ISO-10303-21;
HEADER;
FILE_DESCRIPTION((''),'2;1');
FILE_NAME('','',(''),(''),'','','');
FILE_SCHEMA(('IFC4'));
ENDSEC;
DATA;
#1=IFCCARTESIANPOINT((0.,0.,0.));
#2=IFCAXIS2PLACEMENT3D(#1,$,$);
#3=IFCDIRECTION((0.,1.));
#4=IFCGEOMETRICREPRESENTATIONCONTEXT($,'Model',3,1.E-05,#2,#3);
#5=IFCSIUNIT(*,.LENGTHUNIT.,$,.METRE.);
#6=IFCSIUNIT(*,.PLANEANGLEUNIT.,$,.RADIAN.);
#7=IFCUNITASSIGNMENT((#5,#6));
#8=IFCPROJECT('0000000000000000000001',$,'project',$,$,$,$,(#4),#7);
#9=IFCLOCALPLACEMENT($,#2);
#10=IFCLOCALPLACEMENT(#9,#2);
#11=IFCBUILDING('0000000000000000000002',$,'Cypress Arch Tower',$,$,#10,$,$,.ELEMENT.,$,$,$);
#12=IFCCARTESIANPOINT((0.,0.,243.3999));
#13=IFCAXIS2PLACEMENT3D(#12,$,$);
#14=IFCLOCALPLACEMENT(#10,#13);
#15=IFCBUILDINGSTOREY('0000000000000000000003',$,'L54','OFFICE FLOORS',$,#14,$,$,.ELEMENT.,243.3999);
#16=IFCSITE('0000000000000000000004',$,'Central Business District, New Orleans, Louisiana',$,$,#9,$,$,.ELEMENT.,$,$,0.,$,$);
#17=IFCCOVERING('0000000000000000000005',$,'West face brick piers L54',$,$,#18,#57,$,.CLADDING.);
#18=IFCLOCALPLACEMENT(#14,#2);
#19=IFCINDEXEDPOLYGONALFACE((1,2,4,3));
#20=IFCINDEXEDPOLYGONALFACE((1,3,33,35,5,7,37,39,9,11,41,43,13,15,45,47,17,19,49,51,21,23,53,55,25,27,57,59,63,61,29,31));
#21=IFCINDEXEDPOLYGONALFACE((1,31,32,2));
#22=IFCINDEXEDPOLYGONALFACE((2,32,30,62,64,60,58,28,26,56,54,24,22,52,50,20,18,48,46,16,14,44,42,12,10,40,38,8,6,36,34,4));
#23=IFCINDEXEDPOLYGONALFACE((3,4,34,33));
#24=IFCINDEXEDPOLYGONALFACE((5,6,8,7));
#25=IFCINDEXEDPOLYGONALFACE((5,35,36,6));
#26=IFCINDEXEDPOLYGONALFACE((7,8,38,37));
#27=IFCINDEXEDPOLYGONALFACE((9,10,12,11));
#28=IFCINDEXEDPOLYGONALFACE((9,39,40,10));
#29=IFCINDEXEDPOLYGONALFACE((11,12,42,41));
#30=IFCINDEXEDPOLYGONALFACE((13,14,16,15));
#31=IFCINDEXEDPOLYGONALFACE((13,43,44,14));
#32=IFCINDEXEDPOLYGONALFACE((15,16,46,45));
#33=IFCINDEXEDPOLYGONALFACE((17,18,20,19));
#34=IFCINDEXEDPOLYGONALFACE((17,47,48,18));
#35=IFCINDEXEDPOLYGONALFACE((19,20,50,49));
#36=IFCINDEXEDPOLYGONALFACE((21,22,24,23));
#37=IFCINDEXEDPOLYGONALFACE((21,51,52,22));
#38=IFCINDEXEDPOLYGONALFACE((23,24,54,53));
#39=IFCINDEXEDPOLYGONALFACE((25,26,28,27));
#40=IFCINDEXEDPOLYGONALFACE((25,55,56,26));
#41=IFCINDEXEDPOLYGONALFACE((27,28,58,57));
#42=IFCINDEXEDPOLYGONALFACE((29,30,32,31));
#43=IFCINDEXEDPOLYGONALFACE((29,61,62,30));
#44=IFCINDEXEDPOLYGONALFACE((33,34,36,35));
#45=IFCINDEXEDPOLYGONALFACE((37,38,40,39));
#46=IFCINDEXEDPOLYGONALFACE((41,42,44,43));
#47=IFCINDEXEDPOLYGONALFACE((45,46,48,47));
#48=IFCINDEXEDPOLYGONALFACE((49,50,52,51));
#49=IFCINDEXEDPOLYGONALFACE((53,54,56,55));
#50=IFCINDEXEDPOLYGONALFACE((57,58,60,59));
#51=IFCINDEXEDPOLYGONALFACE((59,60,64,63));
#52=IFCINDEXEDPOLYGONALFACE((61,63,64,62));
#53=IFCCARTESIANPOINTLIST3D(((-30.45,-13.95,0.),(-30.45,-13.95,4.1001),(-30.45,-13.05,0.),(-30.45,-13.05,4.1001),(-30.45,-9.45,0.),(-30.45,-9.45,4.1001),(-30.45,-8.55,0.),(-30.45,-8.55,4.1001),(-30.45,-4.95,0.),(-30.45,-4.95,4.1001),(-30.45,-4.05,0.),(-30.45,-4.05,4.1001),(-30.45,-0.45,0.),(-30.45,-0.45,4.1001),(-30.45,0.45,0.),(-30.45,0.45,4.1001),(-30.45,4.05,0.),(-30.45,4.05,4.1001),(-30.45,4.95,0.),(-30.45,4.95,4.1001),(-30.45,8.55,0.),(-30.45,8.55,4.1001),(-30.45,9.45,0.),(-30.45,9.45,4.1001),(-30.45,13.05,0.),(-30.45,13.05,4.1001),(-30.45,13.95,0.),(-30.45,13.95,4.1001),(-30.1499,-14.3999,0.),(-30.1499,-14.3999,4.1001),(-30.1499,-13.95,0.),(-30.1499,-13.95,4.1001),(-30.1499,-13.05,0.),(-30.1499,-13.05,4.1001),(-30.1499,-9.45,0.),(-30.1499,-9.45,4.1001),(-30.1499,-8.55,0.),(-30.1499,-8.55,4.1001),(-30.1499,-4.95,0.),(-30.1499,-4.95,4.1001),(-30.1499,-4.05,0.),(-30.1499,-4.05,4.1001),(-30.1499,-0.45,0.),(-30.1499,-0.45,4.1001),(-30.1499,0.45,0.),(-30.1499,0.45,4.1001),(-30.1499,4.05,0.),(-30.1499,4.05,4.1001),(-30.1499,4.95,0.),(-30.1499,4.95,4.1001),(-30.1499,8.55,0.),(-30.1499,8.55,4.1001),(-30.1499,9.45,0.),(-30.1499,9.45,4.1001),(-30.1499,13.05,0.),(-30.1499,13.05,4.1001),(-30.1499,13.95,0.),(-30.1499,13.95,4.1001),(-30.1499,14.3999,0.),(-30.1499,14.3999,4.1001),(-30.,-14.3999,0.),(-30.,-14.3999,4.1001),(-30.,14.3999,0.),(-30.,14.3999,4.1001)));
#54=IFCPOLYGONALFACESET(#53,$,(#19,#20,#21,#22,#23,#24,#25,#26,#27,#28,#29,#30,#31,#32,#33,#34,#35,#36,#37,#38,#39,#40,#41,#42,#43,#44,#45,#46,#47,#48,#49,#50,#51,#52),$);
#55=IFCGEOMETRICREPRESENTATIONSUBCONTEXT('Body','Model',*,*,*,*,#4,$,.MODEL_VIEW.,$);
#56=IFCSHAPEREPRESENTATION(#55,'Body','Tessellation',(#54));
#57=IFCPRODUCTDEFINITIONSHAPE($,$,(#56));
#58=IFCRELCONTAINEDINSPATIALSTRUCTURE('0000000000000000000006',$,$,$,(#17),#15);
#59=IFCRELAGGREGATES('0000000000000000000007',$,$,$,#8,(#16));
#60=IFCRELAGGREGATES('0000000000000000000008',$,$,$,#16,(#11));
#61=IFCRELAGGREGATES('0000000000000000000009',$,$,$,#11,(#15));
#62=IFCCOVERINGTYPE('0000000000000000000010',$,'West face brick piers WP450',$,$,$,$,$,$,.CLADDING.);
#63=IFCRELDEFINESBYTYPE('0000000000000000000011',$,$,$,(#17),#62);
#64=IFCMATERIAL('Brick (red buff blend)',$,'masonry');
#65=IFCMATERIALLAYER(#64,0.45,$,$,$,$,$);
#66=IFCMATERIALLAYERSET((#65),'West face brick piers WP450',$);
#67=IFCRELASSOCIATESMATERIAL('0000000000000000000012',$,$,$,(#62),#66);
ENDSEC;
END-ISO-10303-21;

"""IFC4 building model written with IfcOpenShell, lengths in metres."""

from ifc_helpers import new_model, si_unit, direction, frame, origin, place, context, subcontext, project, spatial, polyline, outline, extrude, material, layer, layer_set, type_object, element, save


model = new_model("IFC4")

# Units and contexts
model_context = context("Model", 3, precision=1e-05, world=origin(), true_north=direction((0.0, 1.0)))
body_context = subcontext(model_context, "Body", "Model", "MODEL_VIEW")
ifc_project = project(units=[si_unit("LENGTHUNIT", "METRE"), si_unit("PLANEANGLEUNIT", "RADIAN")], contexts=[model_context])

# Site, building, storey
site_placement = place(None, origin())
site = spatial("IfcSite", under=ifc_project, at=site_placement, Name="Central Business District, New Orleans, Louisiana", CompositionType="ELEMENT", RefElevation=0.0)
building_placement = place(site_placement, origin())
building = spatial("IfcBuilding", under=site, at=building_placement, Name="Cypress Arch Tower", CompositionType="ELEMENT")
storey_placement = place(building_placement, frame((0.0, 0.0, 243.3999)))
storey = spatial("IfcBuildingStorey", under=building, at=storey_placement, Name="L54", Description="OFFICE FLOORS", CompositionType="ELEMENT", Elevation=243.3999)

# Covering
ifc_material_1 = material(Name="Brick (red buff blend)", Category="masonry")
ifc_layer_1 = layer(ifc_material_1, 0.45)
ifc_layer_set_1 = layer_set([ifc_layer_1], Name="West face brick piers WP450")
covering_type_1 = type_object("IfcCoveringType", Name="West face brick piers WP450", PredefinedType="CLADDING", material=ifc_layer_set_1)
covering_1_placement = place(storey_placement, origin())
element("IfcCovering", 1, at=covering_1_placement, inside=storey, type_object=covering_type_1, Name="West face brick piers L54", PredefinedType="CLADDING", context=body_context, shape_type="SweptSolid", body=[
    extrude(outline(polyline([(-30.1499, -13.05), (-30.1499, -9.45), (-30.45, -9.45), (-30.45, -8.55), (-30.1499, -8.55), (-30.1499, -4.95), (-30.45, -4.95), (-30.45, -4.05), (-30.1499, -4.05), (-30.1499, -0.45), (-30.45, -0.45), (-30.45, 0.45), (-30.1499, 0.45), (-30.1499, 4.05), (-30.45, 4.05), (-30.45, 4.95), (-30.1499, 4.95), (-30.1499, 8.55), (-30.45, 8.55), (-30.45, 9.45), (-30.1499, 9.45), (-30.1499, 13.05), (-30.45, 13.05), (-30.45, 13.95), (-30.1499, 13.95), (-30.1499, 14.3999), (-30.0, 14.3999), (-30.0, -14.3999), (-30.1499, -14.3999), (-30.1499, -13.95), (-30.45, -13.95), (-30.45, -13.05), (-30.1499, -13.05)])), origin(), (0.0, 0.0, 1.0), 4.1001),
])

save(model, "model.ifc")
